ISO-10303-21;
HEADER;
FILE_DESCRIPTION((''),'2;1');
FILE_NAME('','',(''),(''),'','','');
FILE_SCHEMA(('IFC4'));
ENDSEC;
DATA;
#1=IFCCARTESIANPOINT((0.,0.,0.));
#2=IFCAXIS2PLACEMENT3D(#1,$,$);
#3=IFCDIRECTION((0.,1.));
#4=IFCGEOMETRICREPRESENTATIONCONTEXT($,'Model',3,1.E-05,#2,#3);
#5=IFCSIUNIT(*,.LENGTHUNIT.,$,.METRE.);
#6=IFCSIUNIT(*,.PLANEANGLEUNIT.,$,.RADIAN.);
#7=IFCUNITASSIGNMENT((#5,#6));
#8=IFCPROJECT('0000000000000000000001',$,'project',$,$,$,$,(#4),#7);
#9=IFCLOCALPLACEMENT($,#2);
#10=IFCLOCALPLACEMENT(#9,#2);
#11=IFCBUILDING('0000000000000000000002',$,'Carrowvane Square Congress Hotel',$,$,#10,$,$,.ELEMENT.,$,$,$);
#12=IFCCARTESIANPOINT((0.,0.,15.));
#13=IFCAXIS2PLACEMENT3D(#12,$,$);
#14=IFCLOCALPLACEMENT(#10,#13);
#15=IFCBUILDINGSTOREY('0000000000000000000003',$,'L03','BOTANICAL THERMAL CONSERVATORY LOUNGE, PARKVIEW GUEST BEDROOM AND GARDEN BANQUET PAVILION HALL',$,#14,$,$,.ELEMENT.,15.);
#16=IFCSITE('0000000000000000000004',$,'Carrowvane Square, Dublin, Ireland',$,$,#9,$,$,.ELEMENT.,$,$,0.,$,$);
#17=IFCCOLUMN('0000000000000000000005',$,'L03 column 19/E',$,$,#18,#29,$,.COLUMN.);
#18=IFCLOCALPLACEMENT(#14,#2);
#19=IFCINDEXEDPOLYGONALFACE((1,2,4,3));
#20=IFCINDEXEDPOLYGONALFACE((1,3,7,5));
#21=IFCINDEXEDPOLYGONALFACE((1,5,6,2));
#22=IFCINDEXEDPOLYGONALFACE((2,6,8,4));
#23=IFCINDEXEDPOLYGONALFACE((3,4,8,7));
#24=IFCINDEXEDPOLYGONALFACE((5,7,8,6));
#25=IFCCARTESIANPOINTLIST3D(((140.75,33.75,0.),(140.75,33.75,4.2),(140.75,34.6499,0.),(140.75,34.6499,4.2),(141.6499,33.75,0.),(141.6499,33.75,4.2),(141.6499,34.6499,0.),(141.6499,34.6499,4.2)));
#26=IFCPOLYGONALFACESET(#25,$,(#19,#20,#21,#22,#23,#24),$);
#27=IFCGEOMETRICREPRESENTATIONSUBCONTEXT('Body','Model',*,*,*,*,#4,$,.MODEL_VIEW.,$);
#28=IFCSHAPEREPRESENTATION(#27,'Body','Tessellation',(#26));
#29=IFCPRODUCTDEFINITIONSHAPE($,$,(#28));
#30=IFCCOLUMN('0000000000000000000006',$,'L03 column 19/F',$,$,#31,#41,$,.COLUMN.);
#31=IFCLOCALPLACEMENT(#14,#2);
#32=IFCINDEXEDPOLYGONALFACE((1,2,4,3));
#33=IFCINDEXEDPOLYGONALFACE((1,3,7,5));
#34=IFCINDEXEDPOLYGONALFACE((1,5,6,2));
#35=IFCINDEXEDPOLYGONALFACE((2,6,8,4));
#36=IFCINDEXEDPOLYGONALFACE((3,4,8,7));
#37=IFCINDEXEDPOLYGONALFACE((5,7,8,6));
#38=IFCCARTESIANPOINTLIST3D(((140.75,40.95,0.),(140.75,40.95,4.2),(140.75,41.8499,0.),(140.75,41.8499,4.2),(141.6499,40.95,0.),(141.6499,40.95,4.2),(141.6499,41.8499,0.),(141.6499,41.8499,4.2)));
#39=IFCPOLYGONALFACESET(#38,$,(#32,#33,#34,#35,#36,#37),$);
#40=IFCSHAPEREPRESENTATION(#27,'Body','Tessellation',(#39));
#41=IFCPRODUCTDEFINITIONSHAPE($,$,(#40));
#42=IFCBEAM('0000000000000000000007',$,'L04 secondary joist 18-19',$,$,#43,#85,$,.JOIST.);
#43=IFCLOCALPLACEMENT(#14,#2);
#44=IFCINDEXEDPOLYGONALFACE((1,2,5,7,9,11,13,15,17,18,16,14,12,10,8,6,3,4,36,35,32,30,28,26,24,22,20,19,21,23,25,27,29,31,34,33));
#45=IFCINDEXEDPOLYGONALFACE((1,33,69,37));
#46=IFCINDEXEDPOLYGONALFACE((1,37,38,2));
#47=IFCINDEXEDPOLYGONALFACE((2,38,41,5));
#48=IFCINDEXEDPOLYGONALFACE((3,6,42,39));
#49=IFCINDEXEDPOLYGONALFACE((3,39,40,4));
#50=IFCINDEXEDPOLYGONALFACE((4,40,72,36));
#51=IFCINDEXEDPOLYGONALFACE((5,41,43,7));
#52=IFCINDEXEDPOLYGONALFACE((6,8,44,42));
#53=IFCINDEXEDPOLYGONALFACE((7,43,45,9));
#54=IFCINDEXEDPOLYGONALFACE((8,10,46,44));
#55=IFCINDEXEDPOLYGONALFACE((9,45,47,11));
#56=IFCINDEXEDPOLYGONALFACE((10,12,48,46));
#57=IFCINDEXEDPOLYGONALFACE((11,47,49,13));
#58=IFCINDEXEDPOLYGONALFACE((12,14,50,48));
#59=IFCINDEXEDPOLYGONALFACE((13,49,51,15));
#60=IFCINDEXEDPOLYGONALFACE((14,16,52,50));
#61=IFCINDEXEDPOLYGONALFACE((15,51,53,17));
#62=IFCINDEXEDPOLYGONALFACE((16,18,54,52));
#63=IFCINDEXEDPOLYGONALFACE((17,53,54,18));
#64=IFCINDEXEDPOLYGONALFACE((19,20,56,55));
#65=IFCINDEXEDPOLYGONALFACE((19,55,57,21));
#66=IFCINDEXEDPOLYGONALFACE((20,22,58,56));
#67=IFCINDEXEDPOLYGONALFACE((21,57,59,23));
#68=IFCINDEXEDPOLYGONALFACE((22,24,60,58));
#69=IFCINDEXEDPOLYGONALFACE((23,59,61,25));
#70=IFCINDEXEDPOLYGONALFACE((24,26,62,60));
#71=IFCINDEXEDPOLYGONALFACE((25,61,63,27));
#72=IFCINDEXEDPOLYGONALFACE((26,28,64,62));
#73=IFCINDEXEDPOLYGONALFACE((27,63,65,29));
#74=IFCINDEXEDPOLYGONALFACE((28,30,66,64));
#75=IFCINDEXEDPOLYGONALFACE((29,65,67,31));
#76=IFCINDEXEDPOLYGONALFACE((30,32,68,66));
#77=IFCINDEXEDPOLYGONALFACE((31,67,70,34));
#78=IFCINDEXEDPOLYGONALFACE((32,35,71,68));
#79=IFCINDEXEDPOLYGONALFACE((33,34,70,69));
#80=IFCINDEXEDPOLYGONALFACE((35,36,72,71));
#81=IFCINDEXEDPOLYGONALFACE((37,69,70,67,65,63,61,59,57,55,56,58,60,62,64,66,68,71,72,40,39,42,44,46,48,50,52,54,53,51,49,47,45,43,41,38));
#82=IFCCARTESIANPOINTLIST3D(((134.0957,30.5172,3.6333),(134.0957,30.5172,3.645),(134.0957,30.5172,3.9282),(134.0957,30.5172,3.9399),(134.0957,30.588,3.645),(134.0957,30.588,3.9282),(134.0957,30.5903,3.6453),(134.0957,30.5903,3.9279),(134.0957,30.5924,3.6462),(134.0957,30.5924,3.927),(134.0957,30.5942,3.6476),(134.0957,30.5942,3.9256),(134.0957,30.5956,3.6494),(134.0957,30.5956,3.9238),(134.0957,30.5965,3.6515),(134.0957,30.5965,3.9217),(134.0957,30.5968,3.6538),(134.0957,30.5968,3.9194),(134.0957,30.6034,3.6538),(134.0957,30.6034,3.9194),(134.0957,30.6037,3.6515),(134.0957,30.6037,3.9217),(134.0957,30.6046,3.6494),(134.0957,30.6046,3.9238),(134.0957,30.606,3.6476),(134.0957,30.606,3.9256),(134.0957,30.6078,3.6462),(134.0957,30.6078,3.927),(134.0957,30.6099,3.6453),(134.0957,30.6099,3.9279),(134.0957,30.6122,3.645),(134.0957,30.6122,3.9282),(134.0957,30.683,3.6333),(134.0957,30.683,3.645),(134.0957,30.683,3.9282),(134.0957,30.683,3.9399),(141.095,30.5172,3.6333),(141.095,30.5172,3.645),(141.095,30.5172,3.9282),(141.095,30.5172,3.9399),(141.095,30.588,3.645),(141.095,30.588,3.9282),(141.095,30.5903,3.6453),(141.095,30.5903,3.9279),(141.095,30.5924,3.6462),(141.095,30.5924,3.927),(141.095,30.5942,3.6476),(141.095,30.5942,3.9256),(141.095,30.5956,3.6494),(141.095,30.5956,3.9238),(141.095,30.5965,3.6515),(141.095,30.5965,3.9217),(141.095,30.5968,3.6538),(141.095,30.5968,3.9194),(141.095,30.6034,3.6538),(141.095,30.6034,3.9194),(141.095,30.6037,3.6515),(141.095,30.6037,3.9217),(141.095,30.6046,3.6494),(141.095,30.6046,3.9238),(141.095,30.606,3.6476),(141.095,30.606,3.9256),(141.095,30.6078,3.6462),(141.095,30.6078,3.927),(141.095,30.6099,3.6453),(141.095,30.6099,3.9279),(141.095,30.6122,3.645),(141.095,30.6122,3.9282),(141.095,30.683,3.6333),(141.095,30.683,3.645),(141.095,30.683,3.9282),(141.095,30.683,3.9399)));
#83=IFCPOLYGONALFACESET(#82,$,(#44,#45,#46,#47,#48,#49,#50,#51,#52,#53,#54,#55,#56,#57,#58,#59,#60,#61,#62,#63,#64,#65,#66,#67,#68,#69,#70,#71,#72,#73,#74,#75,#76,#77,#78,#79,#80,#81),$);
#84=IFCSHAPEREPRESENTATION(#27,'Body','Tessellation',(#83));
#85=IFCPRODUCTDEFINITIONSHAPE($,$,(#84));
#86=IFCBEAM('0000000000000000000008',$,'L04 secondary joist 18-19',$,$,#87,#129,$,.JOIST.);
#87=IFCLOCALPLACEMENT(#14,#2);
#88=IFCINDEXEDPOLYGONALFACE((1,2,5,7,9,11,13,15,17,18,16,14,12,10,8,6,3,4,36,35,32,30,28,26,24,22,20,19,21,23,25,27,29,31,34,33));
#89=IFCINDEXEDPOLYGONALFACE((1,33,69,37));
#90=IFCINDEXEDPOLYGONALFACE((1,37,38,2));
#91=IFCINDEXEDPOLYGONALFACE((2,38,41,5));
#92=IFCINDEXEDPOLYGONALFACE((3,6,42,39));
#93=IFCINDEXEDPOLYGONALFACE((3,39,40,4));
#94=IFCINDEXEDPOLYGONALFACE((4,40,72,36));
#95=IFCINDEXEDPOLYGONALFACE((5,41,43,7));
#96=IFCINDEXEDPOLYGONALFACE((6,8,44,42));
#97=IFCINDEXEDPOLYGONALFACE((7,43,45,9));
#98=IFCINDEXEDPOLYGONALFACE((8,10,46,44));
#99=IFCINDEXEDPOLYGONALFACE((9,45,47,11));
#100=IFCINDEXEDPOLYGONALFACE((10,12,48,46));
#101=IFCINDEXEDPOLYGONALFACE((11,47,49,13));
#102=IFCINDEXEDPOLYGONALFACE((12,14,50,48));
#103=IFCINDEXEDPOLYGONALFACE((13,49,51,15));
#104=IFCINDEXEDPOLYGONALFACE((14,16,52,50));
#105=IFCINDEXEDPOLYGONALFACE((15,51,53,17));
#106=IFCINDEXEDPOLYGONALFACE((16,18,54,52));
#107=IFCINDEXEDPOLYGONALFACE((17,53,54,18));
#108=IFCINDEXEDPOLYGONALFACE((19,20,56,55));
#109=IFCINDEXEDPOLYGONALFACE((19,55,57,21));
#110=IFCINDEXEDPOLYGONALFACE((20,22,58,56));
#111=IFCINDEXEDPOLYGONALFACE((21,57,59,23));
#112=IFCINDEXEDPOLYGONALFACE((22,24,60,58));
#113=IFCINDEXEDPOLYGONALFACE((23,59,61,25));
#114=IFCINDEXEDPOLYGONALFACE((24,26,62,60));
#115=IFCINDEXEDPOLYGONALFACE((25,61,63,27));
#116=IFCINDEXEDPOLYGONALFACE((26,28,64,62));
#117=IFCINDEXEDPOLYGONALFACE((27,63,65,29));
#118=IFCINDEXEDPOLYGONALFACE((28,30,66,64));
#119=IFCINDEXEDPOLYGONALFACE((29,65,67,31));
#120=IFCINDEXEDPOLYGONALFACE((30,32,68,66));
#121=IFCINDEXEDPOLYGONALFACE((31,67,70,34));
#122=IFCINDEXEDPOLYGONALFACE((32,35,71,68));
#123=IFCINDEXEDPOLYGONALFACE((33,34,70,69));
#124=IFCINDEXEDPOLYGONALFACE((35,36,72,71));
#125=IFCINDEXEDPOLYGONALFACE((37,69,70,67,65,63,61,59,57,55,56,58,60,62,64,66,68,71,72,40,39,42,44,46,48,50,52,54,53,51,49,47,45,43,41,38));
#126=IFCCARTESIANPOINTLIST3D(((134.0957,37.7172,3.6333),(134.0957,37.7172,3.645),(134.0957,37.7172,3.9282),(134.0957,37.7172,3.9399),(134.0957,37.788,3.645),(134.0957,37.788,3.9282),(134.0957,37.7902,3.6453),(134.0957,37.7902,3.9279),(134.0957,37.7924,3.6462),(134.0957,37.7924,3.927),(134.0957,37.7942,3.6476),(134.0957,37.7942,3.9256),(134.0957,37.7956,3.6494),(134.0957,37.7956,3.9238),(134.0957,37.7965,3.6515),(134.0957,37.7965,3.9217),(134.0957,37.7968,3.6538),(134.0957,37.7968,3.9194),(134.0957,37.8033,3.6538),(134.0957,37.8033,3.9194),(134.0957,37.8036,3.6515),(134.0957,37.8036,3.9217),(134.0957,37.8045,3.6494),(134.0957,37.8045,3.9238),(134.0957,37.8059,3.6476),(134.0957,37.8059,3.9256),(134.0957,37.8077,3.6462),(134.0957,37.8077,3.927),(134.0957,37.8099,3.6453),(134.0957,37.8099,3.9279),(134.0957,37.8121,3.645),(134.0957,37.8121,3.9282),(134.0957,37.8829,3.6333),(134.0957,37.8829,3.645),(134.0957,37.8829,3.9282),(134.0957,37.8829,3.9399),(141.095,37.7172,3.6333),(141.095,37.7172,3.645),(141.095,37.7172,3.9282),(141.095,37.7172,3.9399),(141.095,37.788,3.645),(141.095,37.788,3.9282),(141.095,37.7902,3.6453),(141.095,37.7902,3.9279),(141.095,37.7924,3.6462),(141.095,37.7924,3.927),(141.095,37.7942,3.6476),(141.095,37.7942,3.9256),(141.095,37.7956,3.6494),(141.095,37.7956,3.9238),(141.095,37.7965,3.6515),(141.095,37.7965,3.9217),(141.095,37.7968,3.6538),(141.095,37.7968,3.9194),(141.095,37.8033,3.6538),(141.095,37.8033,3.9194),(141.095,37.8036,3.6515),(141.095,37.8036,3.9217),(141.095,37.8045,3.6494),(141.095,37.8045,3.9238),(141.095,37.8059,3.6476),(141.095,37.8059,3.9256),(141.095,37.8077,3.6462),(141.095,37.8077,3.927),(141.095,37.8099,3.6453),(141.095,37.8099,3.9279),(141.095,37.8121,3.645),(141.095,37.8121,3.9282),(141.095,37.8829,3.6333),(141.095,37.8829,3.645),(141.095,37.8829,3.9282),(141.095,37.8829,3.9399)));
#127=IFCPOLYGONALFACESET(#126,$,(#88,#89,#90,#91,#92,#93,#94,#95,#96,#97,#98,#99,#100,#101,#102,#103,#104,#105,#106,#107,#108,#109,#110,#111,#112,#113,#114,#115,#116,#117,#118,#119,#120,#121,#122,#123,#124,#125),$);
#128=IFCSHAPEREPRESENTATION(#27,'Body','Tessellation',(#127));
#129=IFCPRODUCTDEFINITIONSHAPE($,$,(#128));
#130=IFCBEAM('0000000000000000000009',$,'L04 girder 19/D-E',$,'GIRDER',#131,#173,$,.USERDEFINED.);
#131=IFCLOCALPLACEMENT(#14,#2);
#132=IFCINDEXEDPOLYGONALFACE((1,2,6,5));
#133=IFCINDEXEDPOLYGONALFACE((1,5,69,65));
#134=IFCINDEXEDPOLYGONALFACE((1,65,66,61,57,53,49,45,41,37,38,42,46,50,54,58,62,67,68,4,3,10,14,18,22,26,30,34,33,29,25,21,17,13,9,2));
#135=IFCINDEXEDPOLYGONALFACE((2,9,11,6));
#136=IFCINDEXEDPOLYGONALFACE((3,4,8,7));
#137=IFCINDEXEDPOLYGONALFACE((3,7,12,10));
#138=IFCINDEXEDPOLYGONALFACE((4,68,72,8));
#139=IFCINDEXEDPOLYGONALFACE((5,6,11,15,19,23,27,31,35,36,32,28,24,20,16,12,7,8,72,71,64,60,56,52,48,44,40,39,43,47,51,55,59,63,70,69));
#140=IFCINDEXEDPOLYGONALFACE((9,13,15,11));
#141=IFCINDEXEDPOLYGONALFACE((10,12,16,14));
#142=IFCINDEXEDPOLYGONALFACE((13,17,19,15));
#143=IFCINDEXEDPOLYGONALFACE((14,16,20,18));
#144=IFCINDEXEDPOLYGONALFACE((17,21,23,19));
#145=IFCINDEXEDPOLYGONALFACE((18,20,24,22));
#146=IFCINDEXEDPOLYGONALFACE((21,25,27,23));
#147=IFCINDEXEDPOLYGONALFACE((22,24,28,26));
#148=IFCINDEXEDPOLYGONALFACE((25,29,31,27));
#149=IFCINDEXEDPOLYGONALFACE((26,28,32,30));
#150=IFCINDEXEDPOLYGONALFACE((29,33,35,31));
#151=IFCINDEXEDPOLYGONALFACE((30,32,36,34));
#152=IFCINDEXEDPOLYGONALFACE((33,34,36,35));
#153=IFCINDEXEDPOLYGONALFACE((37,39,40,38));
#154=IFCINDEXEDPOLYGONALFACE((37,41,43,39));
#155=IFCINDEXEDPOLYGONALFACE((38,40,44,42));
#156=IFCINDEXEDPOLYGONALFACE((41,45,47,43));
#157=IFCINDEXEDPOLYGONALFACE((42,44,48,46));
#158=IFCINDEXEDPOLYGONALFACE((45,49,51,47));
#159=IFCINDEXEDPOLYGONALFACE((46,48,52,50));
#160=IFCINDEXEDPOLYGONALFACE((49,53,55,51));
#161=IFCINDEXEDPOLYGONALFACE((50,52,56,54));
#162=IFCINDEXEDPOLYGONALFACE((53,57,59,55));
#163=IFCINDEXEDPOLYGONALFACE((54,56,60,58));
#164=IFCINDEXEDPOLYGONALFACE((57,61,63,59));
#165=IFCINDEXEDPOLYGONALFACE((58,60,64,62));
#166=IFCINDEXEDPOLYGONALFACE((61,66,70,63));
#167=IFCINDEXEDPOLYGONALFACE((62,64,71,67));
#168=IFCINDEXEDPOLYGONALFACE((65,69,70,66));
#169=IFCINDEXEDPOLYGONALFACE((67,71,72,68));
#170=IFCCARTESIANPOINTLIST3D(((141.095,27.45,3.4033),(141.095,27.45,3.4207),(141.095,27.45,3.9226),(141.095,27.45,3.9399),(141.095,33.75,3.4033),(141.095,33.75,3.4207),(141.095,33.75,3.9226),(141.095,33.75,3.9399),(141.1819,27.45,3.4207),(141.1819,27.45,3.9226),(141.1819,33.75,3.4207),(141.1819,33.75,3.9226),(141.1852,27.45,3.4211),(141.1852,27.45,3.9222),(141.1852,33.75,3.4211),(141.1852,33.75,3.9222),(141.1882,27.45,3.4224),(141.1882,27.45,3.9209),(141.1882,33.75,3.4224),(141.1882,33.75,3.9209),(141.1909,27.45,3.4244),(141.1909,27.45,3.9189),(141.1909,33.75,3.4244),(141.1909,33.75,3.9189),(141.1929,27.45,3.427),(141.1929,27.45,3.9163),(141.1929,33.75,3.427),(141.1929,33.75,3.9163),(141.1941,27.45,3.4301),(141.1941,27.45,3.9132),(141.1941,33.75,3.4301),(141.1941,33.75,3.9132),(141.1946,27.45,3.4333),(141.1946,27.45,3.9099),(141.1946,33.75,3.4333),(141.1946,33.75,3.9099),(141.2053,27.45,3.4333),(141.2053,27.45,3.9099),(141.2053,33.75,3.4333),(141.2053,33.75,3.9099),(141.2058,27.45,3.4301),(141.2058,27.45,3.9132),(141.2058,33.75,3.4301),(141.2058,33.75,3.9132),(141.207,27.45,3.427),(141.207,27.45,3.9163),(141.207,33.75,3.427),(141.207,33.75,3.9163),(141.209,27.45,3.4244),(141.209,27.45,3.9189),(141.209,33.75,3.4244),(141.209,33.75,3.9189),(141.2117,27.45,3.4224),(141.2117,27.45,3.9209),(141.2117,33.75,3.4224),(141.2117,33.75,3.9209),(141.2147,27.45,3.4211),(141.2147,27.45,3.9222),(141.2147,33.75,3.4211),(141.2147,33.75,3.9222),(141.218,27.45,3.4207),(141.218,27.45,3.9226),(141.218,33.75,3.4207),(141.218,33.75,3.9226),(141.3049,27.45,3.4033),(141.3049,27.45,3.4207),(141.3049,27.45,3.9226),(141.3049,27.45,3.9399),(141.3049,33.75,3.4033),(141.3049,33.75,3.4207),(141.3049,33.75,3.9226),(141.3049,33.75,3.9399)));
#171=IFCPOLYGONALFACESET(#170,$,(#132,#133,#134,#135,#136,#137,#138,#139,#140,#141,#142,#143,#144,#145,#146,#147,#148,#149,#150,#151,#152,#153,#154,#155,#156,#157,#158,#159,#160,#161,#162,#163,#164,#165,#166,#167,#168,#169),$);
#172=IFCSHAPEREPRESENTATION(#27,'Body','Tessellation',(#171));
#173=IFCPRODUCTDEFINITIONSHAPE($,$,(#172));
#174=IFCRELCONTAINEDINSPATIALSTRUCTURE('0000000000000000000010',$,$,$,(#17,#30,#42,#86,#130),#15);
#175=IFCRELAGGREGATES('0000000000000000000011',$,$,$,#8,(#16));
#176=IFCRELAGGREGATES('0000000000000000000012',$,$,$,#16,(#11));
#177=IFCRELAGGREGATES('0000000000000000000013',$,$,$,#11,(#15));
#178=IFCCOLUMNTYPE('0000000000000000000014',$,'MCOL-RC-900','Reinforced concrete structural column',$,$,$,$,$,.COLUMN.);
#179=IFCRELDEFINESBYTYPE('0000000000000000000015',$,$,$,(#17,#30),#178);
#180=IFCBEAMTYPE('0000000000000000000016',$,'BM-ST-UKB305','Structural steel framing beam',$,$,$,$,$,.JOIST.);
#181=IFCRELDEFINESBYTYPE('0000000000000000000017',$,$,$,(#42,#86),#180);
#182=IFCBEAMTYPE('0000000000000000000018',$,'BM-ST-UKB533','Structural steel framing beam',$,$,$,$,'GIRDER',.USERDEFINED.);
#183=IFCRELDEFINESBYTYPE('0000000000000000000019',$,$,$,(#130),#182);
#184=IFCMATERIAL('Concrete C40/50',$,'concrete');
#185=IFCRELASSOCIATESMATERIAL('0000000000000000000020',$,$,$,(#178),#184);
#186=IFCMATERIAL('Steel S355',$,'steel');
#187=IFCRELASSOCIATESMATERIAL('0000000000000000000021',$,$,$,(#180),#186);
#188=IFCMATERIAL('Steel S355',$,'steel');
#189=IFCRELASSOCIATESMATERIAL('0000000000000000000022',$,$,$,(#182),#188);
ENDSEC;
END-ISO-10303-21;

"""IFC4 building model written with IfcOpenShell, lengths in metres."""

from ifc_helpers import new_model, si_unit, direction, frame, origin, origin_2d, place, context, subcontext, project, spatial, rectangle, i_section, extrude, material, material_profile, profile_set, type_object, element, save


model = new_model("IFC4")

# Units and contexts
model_context = context("Model", 3, precision=1e-05, world=origin(), true_north=direction((0.0, 1.0)))
body_context = subcontext(model_context, "Body", "Model", "MODEL_VIEW")
ifc_project = project(units=[si_unit("LENGTHUNIT", "METRE"), si_unit("PLANEANGLEUNIT", "RADIAN")], contexts=[model_context])

# Site, building, storey
site_placement = place(None, origin())
site = spatial("IfcSite", under=ifc_project, at=site_placement, Name="Carrowvane Square, Dublin, Ireland", CompositionType="ELEMENT", RefElevation=0.0)
building_placement = place(site_placement, origin())
building = spatial("IfcBuilding", under=site, at=building_placement, Name="Carrowvane Square Congress Hotel", CompositionType="ELEMENT")
storey_placement = place(building_placement, frame((0.0, 0.0, 15.0)))
storey = spatial("IfcBuildingStorey", under=building, at=storey_placement, Name="L03", Description="BOTANICAL THERMAL CONSERVATORY LOUNGE, PARKVIEW GUEST BEDROOM AND GARDEN BANQUET PAVILION HALL", CompositionType="ELEMENT", Elevation=15.0)

# Columns
ifc_material_1 = material(Name="Concrete C40/50", Category="concrete")
ifc_material_profile_1 = material_profile(ifc_material_1, rectangle(XDim=0.8999, YDim=0.8999, at=origin_2d()), Name="RC 900x900")
ifc_profile_set_1 = profile_set([ifc_material_profile_1], Name="Concrete C40/50")
column_type = type_object("IfcColumnType", Name="MCOL-RC-900", Description="Reinforced concrete structural column", PredefinedType="COLUMN", material=ifc_profile_set_1)
for number, where, z_axis, x_axis, name in (
    (1, (141.2, 34.2, 0.0), (0.0, 0.0, 1.0), (1.0, 0.0, 0.0), "L03 column 19/E"),
    (2, (141.2, 41.3999, 0.0), (0.0, 0.0, 1.0), (1.0, 0.0, 0.0), "L03 column 19/F"),
):
    element("IfcColumn", number, at=place(storey_placement, frame(where, z_axis=z_axis, x_axis=x_axis)), inside=storey, type_object=column_type, Name=name, PredefinedType="COLUMN", context=body_context, shape_type="SweptSolid", body=[
        extrude(rectangle(XDim=0.8999, YDim=0.8999, at=origin_2d()), origin(), (0.0, 0.0, 1.0), 4.2),
    ])

# Beams
ifc_material_2 = material(Name="Steel S355", Category="steel")
ifc_material_profile_2 = material_profile(ifc_material_2, i_section(OverallWidth=0.1658, OverallDepth=0.3066, WebThickness=0.0066, FlangeThickness=0.0117, FilletRadius=0.0088, at=origin_2d()), Name="UKB 305x165x46")
ifc_profile_set_2 = profile_set([ifc_material_profile_2], Name="Steel S355")
beam_type_1 = type_object("IfcBeamType", Name="BM-ST-UKB305", Description="Structural steel framing beam", PredefinedType="JOIST", material=ifc_profile_set_2)
for number, where, z_axis, x_axis, name in (
    (3, (134.0957, 30.6001, 3.7866), (1.0, 0.0, 0.0), (0.0, 1.0, 0.0), "L04 secondary joist 18-19"),
    (4, (134.0957, 37.8, 3.7866), (1.0, 0.0, 0.0), (0.0, 1.0, 0.0), "L04 secondary joist 18-19"),
):
    element("IfcBeam", number, at=place(storey_placement, frame(where, z_axis=z_axis, x_axis=x_axis)), inside=storey, type_object=beam_type_1, Name=name, PredefinedType="JOIST", context=body_context, shape_type="SweptSolid", body=[
        extrude(i_section(OverallWidth=0.1658, OverallDepth=0.3066, WebThickness=0.0066, FlangeThickness=0.0117, FilletRadius=0.0088, at=origin_2d()), origin(), (0.0, 0.0, 1.0), 6.9993),
    ])
ifc_material_3 = material(Name="Steel S355", Category="steel")
ifc_material_profile_3 = material_profile(ifc_material_3, i_section(OverallWidth=0.21, OverallDepth=0.5366, WebThickness=0.0107, FlangeThickness=0.0173, FilletRadius=0.0127, at=origin_2d()), Name="UKB 533x210x101")
ifc_profile_set_3 = profile_set([ifc_material_profile_3], Name="Steel S355")
beam_type_2 = type_object("IfcBeamType", Name="BM-ST-UKB533", Description="Structural steel framing beam", ElementType="GIRDER", PredefinedType="USERDEFINED", material=ifc_profile_set_3)
for number, where, z_axis, x_axis, name in (
    (5, (141.2, 27.45, 3.6716), (0.0, 1.0, 0.0), (-1.0, 0.0, 0.0), "L04 girder 19/D-E"),
):
    element("IfcBeam", number, at=place(storey_placement, frame(where, z_axis=z_axis, x_axis=x_axis)), inside=storey, type_object=beam_type_2, Name=name, ObjectType="GIRDER", PredefinedType="USERDEFINED", context=body_context, shape_type="SweptSolid", body=[
        extrude(i_section(OverallWidth=0.21, OverallDepth=0.5366, WebThickness=0.0107, FlangeThickness=0.0173, FilletRadius=0.0127, at=origin_2d()), origin(), (0.0, 0.0, 1.0), 6.3),
    ])

save(model, "model.ifc")
